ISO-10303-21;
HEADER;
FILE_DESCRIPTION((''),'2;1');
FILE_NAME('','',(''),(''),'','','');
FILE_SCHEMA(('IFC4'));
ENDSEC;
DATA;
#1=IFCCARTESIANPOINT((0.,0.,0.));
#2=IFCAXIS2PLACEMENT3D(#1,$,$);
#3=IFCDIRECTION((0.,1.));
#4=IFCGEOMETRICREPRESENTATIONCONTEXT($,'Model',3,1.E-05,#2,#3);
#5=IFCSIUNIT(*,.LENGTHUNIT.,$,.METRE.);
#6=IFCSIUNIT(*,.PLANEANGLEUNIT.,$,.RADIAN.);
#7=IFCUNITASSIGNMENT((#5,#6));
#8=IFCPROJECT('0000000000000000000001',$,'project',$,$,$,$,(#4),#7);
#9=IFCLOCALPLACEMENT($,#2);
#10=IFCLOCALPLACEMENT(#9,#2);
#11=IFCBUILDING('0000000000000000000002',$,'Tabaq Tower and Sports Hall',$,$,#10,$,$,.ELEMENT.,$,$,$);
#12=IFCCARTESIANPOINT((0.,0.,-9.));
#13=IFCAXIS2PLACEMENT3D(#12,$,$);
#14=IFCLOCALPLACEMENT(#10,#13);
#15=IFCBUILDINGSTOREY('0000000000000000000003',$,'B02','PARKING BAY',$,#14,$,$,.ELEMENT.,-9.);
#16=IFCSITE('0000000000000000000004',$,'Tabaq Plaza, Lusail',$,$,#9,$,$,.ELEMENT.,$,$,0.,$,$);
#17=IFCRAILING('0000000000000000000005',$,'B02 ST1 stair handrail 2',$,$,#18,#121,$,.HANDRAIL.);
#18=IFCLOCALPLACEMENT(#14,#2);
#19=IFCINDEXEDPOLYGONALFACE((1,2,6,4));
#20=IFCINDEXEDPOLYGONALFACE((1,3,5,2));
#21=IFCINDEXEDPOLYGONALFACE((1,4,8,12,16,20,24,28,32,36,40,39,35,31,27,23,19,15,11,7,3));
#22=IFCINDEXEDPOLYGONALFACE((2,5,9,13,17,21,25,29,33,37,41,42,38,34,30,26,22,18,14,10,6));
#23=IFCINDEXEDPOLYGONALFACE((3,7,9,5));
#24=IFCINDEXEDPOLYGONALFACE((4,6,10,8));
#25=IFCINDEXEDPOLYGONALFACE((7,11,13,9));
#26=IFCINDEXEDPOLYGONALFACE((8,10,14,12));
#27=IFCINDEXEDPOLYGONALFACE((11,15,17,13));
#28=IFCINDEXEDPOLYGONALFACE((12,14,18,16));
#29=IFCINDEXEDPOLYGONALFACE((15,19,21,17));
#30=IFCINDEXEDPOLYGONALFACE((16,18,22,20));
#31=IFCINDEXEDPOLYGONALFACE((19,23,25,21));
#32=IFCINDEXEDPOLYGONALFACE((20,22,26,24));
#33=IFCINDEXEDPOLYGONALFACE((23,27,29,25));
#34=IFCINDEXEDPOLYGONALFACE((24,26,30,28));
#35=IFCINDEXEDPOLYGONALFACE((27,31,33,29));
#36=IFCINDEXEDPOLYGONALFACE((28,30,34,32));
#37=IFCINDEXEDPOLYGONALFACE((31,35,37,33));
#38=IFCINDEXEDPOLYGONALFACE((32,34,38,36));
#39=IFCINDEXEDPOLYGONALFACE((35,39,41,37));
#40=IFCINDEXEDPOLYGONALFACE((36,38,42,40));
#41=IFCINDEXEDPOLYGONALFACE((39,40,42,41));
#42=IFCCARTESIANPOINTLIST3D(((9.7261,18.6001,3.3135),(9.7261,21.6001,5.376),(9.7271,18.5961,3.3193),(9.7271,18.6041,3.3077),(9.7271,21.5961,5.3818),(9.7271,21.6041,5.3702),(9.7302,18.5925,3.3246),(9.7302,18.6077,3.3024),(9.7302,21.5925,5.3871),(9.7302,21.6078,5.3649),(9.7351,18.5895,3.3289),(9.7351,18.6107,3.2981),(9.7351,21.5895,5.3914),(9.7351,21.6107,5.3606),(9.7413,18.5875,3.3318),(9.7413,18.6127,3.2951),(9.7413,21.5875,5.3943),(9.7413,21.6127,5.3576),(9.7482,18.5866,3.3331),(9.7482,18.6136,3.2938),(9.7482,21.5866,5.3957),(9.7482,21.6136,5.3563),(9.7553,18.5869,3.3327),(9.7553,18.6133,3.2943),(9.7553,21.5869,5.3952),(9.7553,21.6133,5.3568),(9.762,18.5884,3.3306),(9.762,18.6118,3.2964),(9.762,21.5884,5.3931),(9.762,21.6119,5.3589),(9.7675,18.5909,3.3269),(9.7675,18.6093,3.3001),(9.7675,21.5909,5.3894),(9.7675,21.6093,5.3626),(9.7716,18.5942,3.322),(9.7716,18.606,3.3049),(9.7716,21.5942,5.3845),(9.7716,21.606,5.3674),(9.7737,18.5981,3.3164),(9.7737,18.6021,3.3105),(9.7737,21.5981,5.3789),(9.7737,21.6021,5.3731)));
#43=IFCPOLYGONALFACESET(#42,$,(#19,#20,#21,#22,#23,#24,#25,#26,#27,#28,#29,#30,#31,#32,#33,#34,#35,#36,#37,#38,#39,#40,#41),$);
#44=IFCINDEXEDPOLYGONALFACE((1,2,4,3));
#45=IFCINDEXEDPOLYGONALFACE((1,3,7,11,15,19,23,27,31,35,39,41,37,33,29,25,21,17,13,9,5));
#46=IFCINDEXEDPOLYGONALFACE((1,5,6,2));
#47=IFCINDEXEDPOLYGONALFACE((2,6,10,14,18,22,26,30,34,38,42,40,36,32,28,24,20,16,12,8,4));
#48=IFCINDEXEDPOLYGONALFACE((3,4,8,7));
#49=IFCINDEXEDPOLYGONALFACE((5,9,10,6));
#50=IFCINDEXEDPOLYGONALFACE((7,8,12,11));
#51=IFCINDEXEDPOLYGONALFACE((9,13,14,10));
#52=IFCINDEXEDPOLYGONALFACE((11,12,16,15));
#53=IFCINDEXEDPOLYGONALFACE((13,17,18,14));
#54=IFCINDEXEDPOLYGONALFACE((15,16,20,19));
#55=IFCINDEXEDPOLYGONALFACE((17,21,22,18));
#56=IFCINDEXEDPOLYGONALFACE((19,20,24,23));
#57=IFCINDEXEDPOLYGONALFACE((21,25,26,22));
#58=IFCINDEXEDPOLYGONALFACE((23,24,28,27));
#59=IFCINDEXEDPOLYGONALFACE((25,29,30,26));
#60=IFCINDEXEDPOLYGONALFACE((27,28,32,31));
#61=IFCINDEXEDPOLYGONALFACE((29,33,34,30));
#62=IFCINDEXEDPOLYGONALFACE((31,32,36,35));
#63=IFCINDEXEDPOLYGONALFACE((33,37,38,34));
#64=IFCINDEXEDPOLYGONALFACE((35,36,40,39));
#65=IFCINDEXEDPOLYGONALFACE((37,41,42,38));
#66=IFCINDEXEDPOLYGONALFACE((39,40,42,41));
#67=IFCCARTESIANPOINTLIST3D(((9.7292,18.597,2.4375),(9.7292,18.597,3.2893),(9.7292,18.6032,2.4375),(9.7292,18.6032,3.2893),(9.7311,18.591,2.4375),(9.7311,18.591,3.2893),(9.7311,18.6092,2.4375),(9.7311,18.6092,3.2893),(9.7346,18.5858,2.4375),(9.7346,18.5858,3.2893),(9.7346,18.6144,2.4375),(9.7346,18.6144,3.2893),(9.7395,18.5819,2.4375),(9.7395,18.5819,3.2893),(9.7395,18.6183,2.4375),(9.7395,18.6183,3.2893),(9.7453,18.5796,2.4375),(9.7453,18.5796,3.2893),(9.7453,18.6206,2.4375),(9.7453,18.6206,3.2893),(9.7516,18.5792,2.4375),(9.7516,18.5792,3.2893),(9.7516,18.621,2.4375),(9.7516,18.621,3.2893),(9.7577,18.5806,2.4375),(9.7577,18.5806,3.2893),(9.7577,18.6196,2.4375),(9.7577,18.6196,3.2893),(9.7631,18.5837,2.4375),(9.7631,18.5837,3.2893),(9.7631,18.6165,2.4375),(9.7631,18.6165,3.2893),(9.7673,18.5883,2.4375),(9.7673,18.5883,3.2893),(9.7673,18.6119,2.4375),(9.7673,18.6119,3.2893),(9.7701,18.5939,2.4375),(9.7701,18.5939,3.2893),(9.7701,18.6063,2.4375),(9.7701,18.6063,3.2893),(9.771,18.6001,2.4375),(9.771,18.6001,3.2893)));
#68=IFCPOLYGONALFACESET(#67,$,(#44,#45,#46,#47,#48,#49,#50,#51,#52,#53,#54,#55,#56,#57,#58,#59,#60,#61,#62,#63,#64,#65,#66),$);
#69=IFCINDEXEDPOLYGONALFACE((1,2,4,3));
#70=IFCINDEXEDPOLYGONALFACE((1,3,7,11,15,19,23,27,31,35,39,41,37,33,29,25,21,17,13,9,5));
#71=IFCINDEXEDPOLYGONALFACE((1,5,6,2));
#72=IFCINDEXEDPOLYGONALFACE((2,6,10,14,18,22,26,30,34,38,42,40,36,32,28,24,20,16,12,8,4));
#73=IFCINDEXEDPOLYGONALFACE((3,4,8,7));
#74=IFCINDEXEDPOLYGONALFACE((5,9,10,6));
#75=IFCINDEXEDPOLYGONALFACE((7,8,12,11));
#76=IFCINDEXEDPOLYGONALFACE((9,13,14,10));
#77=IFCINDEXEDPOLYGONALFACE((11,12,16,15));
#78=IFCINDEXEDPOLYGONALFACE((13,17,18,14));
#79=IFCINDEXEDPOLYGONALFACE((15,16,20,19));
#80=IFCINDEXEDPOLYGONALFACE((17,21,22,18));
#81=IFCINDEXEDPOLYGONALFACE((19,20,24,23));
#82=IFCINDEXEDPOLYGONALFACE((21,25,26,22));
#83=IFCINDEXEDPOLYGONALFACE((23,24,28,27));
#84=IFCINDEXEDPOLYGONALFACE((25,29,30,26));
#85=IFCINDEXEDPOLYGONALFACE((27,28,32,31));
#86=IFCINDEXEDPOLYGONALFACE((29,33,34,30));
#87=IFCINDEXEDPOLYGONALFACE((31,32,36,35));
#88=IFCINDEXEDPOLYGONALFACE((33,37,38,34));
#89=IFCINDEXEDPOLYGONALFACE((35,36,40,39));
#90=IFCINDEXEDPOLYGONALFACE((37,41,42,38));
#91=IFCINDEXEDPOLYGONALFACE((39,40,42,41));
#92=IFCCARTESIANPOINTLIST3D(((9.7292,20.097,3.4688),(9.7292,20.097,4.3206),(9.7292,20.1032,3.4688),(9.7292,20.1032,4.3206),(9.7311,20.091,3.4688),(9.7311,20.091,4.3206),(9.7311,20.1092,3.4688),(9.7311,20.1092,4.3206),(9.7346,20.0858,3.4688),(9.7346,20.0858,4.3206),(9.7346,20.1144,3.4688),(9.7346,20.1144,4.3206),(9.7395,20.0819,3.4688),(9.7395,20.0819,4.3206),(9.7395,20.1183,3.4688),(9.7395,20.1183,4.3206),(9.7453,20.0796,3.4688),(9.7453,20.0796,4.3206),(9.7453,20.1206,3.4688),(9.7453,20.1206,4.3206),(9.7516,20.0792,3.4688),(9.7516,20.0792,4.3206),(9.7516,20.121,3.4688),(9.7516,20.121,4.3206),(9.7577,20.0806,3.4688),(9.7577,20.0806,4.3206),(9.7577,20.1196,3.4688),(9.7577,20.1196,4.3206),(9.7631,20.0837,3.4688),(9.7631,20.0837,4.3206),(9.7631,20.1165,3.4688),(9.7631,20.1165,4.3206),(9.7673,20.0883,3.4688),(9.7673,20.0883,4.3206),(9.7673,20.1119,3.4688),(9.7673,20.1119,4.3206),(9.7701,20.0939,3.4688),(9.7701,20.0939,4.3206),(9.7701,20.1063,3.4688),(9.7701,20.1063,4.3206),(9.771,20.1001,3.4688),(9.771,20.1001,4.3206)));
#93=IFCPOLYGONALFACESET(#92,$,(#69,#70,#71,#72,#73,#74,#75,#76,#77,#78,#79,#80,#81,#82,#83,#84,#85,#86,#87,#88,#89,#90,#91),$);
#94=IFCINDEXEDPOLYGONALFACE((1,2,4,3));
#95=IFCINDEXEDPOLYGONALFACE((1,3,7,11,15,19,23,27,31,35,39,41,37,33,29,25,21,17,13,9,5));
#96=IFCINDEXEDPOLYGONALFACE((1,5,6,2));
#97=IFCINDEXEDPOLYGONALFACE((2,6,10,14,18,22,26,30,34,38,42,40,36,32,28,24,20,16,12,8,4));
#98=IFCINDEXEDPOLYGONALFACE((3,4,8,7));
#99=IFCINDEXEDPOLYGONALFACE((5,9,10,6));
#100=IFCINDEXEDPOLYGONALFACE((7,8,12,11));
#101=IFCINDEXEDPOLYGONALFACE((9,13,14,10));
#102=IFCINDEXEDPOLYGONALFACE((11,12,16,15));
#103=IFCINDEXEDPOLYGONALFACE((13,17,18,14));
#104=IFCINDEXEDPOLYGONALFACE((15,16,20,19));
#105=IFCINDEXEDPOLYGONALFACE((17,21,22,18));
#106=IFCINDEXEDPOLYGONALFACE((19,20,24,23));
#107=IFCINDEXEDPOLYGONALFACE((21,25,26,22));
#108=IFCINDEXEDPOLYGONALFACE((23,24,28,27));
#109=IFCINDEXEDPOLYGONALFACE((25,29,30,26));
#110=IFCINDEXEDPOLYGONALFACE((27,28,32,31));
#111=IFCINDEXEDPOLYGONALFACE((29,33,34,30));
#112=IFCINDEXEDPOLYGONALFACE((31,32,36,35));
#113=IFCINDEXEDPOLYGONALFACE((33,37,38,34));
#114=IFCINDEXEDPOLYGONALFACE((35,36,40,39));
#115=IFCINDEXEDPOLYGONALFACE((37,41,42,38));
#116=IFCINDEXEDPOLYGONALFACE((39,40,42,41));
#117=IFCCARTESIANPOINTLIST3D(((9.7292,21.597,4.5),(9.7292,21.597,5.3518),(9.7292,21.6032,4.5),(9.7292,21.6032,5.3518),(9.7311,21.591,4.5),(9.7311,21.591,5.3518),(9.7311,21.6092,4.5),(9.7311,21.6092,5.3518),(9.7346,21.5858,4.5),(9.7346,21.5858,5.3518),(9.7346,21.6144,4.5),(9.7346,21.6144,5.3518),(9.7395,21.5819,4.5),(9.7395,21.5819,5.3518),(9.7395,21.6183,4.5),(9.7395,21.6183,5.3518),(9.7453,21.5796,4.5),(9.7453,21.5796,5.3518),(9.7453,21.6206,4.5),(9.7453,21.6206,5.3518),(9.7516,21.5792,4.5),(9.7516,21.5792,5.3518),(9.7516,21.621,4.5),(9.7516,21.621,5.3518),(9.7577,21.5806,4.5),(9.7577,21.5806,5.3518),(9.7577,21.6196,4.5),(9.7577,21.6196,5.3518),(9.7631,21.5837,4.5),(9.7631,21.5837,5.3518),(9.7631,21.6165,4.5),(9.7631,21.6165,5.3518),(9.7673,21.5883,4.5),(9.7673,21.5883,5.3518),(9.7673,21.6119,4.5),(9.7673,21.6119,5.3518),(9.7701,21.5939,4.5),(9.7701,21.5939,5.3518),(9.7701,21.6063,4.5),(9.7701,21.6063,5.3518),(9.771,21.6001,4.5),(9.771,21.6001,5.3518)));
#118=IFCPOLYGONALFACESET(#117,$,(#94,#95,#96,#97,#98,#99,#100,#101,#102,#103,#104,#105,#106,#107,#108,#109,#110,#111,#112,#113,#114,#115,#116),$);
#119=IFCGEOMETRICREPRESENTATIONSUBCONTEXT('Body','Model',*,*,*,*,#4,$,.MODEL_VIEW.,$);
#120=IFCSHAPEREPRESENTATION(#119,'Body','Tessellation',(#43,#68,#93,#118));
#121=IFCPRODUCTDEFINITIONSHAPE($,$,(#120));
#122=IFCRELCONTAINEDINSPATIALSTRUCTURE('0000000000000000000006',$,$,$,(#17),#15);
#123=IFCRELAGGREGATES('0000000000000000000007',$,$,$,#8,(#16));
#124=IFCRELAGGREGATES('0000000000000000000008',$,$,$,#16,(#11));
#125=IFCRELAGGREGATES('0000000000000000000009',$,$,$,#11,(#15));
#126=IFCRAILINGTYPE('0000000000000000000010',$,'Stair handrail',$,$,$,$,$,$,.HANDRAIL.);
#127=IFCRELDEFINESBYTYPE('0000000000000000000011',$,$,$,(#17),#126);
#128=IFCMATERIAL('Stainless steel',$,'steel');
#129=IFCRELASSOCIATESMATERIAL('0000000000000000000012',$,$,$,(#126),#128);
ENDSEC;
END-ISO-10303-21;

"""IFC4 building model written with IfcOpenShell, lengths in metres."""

from ifc_helpers import new_model, si_unit, direction, frame, origin, origin_2d, place, context, subcontext, project, spatial, circle, extrude, material, type_object, element, save


model = new_model("IFC4")

# Units and contexts
model_context = context("Model", 3, precision=1e-05, world=origin(), true_north=direction((0.0, 1.0)))
body_context = subcontext(model_context, "Body", "Model", "MODEL_VIEW")
ifc_project = project(units=[si_unit("LENGTHUNIT", "METRE"), si_unit("PLANEANGLEUNIT", "RADIAN")], contexts=[model_context])

# Site, building, storey
site_placement = place(None, origin())
site = spatial("IfcSite", under=ifc_project, at=site_placement, Name="Tabaq Plaza, Lusail", CompositionType="ELEMENT", RefElevation=0.0)
building_placement = place(site_placement, origin())
building = spatial("IfcBuilding", under=site, at=building_placement, Name="Tabaq Tower and Sports Hall", CompositionType="ELEMENT")
storey_placement = place(building_placement, frame((0.0, 0.0, -9.0)))
storey = spatial("IfcBuildingStorey", under=building, at=storey_placement, Name="B02", Description="PARKING BAY", CompositionType="ELEMENT", Elevation=-9.0)

# Railing
ifc_material_1 = material(Name="Stainless steel", Category="steel")
railing_type_1 = type_object("IfcRailingType", Name="Stair handrail", PredefinedType="HANDRAIL", material=ifc_material_1)
railing_1_placement = place(storey_placement, frame((9.75, 18.6001, 2.4375)))
element("IfcRailing", 1, at=railing_1_placement, inside=storey, type_object=railing_type_1, Name="B02 ST1 stair handrail 2", PredefinedType="HANDRAIL", context=body_context, shape_type="SweptSolid", body=[
    extrude(circle(Radius=0.0239, at=origin_2d()), frame((0.0, 0.0, 0.876), z_axis=(0.0, 0.824042, 0.566529), x_axis=(-1.0, 0.0, 0.0)), (0.0, 0.0, 1.0), 3.6406),
    extrude(circle(Radius=0.021, at=origin_2d()), origin(), (0.0, 0.0, 1.0), 0.8518),
    extrude(circle(Radius=0.021, at=origin_2d()), frame((0.0, 1.5, 1.0312)), (0.0, 0.0, 1.0), 0.8518),
    extrude(circle(Radius=0.021, at=origin_2d()), frame((0.0, 3.0, 2.0625)), (0.0, 0.0, 1.0), 0.8518),
])

save(model, "model.ifc")
